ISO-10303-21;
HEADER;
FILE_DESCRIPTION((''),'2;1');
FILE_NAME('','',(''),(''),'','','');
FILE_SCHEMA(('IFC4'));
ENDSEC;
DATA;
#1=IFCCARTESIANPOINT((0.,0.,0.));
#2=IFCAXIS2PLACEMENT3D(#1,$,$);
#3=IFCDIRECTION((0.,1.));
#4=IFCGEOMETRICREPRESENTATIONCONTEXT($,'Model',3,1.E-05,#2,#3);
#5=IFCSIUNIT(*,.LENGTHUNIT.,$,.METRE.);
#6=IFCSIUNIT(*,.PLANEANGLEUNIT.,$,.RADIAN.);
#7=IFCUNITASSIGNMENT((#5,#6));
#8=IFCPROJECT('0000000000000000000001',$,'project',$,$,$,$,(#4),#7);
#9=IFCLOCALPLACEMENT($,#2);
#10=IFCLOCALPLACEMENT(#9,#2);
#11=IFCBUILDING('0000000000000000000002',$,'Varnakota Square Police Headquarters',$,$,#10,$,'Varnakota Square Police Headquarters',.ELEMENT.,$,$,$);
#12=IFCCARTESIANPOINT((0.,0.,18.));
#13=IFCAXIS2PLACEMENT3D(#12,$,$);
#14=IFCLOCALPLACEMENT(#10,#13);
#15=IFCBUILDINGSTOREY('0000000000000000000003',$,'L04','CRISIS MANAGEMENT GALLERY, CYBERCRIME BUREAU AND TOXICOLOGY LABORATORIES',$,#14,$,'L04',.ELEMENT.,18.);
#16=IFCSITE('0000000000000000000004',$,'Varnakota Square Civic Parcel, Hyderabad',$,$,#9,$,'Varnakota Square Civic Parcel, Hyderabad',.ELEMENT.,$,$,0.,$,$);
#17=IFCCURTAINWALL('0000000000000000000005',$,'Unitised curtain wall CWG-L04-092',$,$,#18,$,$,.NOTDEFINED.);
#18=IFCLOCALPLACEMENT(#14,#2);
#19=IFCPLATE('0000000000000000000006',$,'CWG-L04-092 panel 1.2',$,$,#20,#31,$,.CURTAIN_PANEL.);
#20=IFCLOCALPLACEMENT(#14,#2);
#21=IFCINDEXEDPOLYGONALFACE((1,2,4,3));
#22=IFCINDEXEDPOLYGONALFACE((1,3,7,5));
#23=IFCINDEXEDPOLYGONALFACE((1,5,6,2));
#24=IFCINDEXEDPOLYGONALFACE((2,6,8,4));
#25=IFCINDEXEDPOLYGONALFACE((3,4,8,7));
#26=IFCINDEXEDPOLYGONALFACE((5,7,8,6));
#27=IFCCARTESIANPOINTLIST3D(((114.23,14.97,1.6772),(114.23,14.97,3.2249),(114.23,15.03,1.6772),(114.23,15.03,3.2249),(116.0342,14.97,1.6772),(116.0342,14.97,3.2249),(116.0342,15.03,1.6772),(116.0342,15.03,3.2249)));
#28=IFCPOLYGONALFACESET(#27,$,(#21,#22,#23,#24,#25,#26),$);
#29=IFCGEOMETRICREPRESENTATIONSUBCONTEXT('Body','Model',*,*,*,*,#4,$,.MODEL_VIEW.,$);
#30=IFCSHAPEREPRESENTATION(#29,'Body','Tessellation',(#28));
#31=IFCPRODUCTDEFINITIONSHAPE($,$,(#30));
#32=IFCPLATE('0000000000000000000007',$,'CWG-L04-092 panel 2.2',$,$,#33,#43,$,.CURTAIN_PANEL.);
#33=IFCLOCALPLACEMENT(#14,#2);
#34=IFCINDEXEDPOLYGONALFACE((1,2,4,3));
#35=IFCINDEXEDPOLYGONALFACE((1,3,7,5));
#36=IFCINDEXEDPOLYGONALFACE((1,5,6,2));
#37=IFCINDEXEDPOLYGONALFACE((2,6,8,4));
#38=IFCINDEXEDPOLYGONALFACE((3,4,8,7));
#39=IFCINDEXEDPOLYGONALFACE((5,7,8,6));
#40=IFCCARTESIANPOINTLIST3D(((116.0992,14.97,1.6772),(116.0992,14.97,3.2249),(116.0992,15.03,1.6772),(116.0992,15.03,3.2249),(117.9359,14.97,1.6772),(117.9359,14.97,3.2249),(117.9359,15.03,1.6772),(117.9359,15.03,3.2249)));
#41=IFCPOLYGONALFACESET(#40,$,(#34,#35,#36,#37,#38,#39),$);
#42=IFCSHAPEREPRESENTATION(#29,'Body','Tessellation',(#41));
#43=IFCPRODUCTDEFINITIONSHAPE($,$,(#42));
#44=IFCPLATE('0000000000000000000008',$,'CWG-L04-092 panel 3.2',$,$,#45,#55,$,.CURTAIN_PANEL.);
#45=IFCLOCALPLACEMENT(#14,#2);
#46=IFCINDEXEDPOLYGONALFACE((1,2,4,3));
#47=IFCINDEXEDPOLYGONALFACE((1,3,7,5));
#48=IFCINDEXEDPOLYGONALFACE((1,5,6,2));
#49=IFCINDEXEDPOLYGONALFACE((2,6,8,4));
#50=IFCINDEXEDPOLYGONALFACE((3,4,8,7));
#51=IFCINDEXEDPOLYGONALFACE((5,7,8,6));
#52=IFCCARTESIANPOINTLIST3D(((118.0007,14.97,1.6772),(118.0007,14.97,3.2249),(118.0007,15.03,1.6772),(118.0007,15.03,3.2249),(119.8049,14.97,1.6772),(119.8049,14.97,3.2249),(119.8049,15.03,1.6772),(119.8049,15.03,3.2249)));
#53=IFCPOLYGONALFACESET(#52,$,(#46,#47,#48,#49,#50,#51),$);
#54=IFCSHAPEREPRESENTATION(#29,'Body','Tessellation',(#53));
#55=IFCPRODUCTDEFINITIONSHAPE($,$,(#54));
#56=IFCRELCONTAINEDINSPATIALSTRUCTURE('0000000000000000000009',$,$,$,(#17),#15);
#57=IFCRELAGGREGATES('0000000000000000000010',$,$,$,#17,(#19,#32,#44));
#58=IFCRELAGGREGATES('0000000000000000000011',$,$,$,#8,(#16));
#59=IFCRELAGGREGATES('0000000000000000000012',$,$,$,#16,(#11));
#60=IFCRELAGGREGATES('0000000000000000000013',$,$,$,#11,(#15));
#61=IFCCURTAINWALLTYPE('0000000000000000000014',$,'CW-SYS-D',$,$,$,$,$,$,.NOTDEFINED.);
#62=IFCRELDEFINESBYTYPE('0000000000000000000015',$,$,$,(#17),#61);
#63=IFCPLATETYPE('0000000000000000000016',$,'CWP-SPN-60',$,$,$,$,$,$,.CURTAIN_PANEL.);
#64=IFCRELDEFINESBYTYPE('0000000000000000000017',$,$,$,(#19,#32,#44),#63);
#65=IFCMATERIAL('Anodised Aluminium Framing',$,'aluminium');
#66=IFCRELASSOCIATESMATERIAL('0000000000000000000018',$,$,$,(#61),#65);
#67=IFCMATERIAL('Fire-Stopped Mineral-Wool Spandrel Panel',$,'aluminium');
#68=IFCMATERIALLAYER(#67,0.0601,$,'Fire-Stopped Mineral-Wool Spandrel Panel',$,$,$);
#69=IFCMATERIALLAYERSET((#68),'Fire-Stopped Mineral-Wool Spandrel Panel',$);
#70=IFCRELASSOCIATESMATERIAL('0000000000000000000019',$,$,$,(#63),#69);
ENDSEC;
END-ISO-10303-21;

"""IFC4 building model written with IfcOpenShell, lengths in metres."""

from ifc_helpers import new_model, si_unit, direction, frame, origin, origin_2d, place, context, subcontext, project, spatial, rectangle, extrude, material, layer, layer_set, type_object, element, aggregate, save


model = new_model("IFC4")

# Units and contexts
model_context = context("Model", 3, precision=1e-05, world=origin(), true_north=direction((0.0, 1.0)))
body_context = subcontext(model_context, "Body", "Model", "MODEL_VIEW")
ifc_project = project(units=[si_unit("LENGTHUNIT", "METRE"), si_unit("PLANEANGLEUNIT", "RADIAN")], contexts=[model_context])

# Site, building, storey
site_placement = place(None, origin())
site = spatial("IfcSite", under=ifc_project, at=site_placement, Name="Varnakota Square Civic Parcel, Hyderabad", LongName="Varnakota Square Civic Parcel, Hyderabad", CompositionType="ELEMENT", RefElevation=0.0)
building_placement = place(site_placement, origin())
building = spatial("IfcBuilding", under=site, at=building_placement, Name="Varnakota Square Police Headquarters", LongName="Varnakota Square Police Headquarters", CompositionType="ELEMENT")
storey_placement = place(building_placement, frame((0.0, 0.0, 18.0)))
storey = spatial("IfcBuildingStorey", under=building, at=storey_placement, Name="L04", Description="CRISIS MANAGEMENT GALLERY, CYBERCRIME BUREAU AND TOXICOLOGY LABORATORIES", LongName="L04", CompositionType="ELEMENT", Elevation=18.0)

# Curtain wall
ifc_material_1 = material(Name="Anodised Aluminium Framing", Category="aluminium")
curtain_wall_type = type_object("IfcCurtainWallType", Name="CW-SYS-D", PredefinedType="NOTDEFINED", material=ifc_material_1)
curtain_wall_1_placement = place(storey_placement, origin())
curtain_wall_1 = element("IfcCurtainWall", 1, at=curtain_wall_1_placement, inside=storey, type_object=curtain_wall_type, Name="Unitised curtain wall CWG-L04-092", PredefinedType="NOTDEFINED")

# Plates
ifc_material_2 = material(Name="Fire-Stopped Mineral-Wool Spandrel Panel", Category="aluminium")
ifc_layer_1 = layer(ifc_material_2, 0.0601, Name="Fire-Stopped Mineral-Wool Spandrel Panel")
ifc_layer_set_1 = layer_set([ifc_layer_1], Name="Fire-Stopped Mineral-Wool Spandrel Panel")
plate_type_1 = type_object("IfcPlateType", Name="CWP-SPN-60", PredefinedType="CURTAIN_PANEL", material=ifc_layer_set_1)
plate_1_placement = place(storey_placement, frame((115.1321, 15.0, 1.6772), z_axis=(0.0, 0.0, 1.0), x_axis=(1.0, 0.0, 0.0)))
plate_1 = element("IfcPlate", 2, at=plate_1_placement, type_object=plate_type_1, Name="CWG-L04-092 panel 1.2", PredefinedType="CURTAIN_PANEL", context=body_context, shape_type="SweptSolid", body=[
    extrude(rectangle(XDim=1.8042, YDim=0.0601, at=origin_2d()), origin(), (0.0, 0.0, 1.0), 1.5476),
])
plate_2_placement = place(storey_placement, frame((117.0176, 15.0, 1.6772), z_axis=(0.0, 0.0, 1.0), x_axis=(1.0, 0.0, 0.0)))
plate_2 = element("IfcPlate", 3, at=plate_2_placement, type_object=plate_type_1, Name="CWG-L04-092 panel 2.2", PredefinedType="CURTAIN_PANEL", context=body_context, shape_type="SweptSolid", body=[
    extrude(rectangle(XDim=1.8367, YDim=0.0601, at=origin_2d()), origin(), (0.0, 0.0, 1.0), 1.5476),
])
plate_3_placement = place(storey_placement, frame((118.9028, 15.0, 1.6772), z_axis=(0.0, 0.0, 1.0), x_axis=(1.0, 0.0, 0.0)))
plate_3 = element("IfcPlate", 4, at=plate_3_placement, type_object=plate_type_1, Name="CWG-L04-092 panel 3.2", PredefinedType="CURTAIN_PANEL", context=body_context, shape_type="SweptSolid", body=[
    extrude(rectangle(XDim=1.8042, YDim=0.0601, at=origin_2d()), origin(), (0.0, 0.0, 1.0), 1.5476),
])
aggregate(curtain_wall_1, [plate_1, plate_2, plate_3])

save(model, "model.ifc")
